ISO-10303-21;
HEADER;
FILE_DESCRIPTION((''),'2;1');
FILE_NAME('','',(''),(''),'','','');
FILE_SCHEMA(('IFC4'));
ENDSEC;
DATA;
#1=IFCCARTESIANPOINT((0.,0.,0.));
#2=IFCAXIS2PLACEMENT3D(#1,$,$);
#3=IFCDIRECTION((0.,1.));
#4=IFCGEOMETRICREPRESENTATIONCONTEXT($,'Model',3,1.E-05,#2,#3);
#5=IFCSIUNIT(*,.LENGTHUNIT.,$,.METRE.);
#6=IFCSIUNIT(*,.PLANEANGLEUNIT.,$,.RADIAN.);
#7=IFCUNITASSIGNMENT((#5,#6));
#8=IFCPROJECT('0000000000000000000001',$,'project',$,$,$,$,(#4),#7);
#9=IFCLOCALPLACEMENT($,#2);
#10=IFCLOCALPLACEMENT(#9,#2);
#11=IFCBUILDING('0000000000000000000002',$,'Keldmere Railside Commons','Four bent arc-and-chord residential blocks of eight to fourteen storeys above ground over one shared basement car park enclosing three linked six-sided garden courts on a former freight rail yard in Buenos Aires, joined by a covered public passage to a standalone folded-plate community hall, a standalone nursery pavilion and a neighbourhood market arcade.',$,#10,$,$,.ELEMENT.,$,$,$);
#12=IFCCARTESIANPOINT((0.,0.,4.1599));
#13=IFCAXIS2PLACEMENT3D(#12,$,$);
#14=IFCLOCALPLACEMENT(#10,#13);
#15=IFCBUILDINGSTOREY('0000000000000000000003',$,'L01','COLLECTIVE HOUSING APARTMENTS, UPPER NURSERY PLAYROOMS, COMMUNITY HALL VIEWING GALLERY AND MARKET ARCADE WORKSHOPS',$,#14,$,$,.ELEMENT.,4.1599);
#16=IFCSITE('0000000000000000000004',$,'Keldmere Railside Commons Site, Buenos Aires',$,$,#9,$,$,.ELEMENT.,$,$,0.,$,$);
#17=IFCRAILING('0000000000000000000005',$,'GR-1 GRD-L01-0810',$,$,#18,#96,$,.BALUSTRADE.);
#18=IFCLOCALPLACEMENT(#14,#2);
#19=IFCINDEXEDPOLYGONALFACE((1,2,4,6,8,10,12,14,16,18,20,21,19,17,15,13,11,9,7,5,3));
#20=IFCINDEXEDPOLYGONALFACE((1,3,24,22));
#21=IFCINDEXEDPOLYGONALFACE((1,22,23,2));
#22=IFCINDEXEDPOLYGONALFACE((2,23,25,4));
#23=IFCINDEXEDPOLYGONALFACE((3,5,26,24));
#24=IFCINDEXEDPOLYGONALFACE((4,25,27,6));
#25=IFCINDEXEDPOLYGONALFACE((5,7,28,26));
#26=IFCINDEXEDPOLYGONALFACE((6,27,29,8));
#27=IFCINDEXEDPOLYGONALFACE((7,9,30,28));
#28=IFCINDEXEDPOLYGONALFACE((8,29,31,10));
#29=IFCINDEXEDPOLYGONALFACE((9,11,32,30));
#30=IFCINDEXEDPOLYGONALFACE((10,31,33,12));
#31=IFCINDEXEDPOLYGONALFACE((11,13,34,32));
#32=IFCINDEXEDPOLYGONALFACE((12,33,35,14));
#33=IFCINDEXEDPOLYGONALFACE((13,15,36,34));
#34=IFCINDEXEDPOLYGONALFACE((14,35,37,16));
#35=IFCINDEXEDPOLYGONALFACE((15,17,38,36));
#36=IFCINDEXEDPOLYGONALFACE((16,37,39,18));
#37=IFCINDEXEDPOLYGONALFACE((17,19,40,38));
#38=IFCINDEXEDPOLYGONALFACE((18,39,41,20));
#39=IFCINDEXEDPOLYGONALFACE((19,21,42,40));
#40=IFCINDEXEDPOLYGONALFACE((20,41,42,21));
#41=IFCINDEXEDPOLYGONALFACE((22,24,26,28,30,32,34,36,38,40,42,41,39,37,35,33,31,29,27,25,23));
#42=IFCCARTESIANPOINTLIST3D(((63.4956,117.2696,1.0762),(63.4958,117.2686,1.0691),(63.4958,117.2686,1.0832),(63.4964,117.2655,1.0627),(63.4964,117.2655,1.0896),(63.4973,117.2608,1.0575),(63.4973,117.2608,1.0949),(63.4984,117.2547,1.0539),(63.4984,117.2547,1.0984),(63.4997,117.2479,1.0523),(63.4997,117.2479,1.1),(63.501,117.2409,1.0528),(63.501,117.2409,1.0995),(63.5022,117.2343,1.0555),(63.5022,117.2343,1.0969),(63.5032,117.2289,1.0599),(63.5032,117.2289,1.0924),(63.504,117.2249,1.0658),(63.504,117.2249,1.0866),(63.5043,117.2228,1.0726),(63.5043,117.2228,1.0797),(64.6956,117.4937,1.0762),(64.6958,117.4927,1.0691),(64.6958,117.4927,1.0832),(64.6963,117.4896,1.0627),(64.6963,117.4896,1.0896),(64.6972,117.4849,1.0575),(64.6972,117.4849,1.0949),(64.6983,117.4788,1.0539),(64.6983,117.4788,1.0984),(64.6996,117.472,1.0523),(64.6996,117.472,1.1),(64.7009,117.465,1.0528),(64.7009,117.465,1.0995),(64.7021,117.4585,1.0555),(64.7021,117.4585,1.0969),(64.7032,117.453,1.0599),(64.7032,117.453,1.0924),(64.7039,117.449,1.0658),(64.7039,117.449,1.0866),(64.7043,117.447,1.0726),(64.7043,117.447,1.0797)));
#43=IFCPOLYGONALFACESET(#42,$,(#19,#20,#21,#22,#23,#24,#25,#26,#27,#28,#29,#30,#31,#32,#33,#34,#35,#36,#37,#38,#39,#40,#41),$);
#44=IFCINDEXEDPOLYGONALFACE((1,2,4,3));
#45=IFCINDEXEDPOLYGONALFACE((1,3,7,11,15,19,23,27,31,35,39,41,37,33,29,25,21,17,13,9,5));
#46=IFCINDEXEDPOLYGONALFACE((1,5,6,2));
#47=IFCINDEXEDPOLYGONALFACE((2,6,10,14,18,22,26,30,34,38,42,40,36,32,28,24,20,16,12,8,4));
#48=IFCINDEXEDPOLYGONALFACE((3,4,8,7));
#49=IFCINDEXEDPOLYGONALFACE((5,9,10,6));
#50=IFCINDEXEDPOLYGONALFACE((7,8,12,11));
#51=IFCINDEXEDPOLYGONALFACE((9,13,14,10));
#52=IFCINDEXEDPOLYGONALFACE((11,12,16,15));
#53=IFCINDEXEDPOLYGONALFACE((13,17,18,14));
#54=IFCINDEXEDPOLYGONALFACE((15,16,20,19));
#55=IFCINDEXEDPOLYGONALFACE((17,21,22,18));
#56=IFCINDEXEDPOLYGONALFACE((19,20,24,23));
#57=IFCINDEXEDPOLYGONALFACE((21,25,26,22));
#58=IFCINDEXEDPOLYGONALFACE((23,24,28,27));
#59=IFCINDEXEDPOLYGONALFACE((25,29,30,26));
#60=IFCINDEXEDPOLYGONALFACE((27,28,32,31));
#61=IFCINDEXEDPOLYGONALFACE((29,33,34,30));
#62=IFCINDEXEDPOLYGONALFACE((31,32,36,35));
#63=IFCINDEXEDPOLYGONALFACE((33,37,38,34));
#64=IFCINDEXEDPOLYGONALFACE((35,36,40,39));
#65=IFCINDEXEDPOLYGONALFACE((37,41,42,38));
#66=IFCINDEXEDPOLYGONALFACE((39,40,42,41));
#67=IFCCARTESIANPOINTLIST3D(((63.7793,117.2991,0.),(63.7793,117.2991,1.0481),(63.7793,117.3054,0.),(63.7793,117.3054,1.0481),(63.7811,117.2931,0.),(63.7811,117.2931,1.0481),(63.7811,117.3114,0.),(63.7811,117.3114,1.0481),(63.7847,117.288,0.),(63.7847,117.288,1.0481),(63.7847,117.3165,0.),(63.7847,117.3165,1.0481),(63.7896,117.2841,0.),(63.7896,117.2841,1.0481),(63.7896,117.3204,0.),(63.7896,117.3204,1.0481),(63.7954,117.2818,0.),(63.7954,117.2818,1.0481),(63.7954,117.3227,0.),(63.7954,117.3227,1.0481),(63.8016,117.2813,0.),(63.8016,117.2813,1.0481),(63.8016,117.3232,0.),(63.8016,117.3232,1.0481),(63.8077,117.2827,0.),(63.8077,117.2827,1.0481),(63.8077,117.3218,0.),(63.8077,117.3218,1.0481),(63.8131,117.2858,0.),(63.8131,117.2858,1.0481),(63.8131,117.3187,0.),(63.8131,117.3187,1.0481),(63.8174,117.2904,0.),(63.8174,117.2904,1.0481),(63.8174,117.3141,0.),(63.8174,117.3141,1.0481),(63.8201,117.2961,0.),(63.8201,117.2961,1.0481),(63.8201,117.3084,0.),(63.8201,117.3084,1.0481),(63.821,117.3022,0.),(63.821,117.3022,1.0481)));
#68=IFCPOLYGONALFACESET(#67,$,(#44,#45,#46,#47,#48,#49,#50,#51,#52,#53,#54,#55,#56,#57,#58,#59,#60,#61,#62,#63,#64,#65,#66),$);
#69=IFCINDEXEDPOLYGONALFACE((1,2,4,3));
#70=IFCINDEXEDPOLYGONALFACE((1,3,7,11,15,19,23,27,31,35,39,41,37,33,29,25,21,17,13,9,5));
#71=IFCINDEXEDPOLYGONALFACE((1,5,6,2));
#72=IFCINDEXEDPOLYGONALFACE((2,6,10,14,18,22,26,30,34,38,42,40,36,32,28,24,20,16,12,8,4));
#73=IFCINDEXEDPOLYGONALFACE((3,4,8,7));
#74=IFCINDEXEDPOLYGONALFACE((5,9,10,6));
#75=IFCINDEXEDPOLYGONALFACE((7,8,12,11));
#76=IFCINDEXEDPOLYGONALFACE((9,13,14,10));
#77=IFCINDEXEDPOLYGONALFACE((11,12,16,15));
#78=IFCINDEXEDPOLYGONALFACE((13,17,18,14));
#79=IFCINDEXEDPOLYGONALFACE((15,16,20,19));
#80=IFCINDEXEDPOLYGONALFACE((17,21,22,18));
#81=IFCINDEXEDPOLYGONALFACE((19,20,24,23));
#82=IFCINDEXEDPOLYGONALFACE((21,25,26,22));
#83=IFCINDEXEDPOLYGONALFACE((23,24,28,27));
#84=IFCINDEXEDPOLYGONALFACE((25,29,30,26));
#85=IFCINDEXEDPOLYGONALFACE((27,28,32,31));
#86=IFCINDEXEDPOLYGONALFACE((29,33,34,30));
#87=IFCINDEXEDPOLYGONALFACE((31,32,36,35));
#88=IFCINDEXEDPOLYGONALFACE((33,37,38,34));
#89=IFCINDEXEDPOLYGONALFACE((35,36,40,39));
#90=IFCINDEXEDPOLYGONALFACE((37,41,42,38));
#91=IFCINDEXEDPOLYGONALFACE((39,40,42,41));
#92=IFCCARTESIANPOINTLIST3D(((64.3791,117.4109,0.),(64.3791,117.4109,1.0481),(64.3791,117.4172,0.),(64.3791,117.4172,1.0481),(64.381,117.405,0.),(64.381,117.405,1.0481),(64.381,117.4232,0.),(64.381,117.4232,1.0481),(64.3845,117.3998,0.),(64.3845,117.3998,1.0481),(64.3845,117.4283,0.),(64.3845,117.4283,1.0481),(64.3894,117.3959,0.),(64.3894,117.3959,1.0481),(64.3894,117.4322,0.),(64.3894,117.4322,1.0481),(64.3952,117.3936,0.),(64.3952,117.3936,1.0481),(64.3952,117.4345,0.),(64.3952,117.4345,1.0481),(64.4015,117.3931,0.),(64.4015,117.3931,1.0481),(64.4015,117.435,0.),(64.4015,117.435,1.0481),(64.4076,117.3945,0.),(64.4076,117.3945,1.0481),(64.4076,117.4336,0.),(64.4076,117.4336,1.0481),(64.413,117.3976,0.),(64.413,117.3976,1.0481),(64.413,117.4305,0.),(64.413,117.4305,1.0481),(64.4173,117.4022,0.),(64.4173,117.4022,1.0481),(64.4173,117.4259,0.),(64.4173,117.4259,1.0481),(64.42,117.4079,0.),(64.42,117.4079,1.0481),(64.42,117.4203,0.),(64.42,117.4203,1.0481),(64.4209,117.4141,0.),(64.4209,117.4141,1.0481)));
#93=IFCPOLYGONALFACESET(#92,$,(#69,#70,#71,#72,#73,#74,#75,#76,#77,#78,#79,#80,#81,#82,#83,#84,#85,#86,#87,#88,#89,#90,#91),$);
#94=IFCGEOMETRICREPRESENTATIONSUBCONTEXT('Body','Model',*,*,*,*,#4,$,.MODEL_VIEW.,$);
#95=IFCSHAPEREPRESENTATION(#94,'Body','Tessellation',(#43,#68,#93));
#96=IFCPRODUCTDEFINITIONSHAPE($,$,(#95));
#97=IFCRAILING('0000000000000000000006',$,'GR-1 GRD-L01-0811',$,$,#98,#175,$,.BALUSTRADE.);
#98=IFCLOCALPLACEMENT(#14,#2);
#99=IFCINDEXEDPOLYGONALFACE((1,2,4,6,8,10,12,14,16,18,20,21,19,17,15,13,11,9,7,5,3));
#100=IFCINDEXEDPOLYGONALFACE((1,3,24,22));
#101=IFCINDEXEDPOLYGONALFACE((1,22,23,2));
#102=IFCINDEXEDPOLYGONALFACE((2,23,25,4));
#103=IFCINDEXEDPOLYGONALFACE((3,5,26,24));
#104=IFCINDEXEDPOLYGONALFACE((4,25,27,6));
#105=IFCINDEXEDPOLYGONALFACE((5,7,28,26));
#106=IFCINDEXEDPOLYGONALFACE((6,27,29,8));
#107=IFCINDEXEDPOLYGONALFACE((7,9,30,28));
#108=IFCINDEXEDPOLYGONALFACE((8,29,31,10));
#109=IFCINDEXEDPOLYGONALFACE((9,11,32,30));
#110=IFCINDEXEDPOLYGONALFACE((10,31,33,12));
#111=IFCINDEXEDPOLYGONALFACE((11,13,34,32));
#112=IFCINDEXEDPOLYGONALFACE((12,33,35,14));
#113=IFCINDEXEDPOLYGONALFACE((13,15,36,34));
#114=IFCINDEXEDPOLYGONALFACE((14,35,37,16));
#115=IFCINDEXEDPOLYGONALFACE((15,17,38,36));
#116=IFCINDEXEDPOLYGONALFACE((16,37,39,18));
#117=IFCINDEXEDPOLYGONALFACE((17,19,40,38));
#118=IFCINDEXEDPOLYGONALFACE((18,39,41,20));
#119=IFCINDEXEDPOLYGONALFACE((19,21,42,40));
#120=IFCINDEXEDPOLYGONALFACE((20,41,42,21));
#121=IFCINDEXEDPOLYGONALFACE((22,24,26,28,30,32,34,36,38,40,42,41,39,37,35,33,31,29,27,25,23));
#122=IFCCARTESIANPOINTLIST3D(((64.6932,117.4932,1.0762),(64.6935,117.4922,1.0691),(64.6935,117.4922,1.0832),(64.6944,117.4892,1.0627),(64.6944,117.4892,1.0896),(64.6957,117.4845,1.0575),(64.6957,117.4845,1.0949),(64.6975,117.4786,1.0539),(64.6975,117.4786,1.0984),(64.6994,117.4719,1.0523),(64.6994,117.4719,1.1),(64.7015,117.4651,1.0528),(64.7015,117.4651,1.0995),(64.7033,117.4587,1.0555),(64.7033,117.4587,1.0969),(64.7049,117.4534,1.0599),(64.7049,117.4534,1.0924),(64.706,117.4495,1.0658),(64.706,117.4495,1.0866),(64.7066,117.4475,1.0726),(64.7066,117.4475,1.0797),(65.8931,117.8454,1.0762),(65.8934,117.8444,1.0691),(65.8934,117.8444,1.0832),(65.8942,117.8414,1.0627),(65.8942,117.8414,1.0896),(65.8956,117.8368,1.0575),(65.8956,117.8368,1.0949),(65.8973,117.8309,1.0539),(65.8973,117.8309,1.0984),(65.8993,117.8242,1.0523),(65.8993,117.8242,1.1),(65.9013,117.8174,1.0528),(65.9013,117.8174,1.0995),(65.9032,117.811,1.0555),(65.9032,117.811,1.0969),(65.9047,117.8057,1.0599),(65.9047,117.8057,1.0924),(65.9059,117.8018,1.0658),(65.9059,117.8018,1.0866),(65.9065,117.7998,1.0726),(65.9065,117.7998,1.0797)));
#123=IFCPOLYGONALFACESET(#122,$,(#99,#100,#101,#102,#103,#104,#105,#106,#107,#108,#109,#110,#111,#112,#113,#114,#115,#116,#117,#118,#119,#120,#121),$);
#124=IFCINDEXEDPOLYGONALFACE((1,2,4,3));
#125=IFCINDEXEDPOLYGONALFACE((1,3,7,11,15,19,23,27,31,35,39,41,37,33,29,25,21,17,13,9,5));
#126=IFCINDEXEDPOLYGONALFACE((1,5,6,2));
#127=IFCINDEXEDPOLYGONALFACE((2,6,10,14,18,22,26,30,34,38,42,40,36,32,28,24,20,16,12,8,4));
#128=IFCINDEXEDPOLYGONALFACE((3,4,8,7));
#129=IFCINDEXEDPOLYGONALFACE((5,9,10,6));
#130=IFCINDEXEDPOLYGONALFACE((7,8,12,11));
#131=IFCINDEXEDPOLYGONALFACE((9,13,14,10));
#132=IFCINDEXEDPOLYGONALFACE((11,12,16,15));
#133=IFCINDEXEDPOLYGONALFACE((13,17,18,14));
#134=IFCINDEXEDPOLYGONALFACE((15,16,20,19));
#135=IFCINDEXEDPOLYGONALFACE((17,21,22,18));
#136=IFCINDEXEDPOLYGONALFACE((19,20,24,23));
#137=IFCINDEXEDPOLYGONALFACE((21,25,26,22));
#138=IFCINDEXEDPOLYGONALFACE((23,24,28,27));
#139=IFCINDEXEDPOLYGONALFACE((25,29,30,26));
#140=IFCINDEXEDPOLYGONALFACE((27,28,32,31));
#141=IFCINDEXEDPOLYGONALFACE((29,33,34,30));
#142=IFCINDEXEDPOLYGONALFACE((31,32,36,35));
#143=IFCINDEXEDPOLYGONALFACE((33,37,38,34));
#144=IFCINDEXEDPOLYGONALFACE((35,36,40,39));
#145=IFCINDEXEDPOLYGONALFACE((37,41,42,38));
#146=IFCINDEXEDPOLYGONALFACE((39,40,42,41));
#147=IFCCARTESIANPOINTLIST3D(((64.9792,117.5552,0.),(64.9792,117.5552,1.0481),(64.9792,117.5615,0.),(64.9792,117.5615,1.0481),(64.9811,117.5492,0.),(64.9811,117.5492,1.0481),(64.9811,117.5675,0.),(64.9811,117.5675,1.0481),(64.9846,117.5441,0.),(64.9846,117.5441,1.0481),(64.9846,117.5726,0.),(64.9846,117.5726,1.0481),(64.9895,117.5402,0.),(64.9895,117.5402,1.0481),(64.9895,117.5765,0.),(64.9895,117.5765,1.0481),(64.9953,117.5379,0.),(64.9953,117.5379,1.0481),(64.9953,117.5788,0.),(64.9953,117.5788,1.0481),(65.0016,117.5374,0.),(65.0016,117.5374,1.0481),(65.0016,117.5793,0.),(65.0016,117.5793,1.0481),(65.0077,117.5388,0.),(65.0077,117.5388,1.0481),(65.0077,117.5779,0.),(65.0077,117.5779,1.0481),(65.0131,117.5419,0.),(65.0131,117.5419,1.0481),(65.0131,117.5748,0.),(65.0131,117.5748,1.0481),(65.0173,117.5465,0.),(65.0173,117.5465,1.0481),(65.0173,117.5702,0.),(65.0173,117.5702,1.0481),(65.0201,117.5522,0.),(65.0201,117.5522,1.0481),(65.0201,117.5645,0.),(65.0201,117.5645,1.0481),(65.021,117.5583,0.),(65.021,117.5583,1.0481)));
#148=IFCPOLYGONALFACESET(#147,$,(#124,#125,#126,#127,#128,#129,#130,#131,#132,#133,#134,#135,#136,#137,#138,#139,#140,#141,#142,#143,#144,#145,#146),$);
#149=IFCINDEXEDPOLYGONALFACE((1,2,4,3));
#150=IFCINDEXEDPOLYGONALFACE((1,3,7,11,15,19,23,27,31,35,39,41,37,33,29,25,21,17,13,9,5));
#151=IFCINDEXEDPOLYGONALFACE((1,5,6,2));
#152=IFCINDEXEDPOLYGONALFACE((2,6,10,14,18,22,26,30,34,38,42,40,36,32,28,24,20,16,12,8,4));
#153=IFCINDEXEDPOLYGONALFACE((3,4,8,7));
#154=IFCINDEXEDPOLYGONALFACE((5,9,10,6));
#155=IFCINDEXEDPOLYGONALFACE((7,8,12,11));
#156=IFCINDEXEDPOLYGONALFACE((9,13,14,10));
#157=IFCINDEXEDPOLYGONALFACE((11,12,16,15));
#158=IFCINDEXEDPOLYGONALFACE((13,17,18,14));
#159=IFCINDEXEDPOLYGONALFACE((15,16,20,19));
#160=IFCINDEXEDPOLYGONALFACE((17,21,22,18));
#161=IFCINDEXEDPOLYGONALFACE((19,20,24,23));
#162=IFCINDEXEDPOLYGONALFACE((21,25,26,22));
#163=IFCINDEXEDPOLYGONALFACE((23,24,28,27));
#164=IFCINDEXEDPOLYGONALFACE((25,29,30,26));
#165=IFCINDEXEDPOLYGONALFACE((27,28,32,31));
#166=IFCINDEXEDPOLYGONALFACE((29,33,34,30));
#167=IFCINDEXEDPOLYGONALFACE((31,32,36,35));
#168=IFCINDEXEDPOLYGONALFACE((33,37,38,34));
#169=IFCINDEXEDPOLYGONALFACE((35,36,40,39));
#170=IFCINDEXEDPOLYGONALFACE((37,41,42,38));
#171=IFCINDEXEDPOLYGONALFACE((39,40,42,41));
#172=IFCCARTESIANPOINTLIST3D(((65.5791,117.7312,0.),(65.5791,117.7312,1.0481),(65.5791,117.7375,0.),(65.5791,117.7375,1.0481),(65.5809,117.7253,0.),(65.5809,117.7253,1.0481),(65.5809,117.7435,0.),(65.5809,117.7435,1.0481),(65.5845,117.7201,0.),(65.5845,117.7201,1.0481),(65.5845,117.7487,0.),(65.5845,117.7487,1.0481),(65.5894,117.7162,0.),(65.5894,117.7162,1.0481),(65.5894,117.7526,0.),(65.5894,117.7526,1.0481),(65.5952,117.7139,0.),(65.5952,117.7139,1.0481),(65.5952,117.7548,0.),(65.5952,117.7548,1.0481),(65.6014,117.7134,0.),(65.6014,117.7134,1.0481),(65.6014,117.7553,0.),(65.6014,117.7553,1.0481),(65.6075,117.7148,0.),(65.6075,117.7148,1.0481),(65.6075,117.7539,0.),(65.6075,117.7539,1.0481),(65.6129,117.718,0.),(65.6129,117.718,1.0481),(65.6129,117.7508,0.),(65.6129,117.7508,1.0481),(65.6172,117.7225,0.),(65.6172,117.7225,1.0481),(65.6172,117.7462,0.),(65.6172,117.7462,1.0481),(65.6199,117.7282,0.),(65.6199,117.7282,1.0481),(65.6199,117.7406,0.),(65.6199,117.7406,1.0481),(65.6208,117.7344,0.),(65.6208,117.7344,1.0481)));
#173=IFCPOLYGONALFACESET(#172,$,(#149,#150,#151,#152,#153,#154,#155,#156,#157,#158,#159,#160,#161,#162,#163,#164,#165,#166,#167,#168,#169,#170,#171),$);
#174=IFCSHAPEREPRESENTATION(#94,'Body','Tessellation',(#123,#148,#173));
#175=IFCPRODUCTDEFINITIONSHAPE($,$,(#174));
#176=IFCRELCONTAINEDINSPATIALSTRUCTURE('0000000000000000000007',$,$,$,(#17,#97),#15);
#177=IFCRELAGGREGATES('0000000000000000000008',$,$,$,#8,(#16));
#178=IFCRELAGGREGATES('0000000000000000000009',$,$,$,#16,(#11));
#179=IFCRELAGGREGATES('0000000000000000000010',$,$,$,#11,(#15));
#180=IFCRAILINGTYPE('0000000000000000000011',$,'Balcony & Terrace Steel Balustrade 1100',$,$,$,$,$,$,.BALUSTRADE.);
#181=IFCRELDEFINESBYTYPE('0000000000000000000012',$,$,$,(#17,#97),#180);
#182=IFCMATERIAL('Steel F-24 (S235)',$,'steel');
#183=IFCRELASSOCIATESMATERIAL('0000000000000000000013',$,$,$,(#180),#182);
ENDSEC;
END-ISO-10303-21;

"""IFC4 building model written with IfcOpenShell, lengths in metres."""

from ifc_helpers import new_model, si_unit, direction, frame, origin, origin_2d, place, context, subcontext, project, spatial, circle, extrude, material, type_object, element, save


model = new_model("IFC4")

# Units and contexts
model_context = context("Model", 3, precision=1e-05, world=origin(), true_north=direction((0.0, 1.0)))
body_context = subcontext(model_context, "Body", "Model", "MODEL_VIEW")
ifc_project = project(units=[si_unit("LENGTHUNIT", "METRE"), si_unit("PLANEANGLEUNIT", "RADIAN")], contexts=[model_context])

# Site, building, storey
site_placement = place(None, origin())
site = spatial("IfcSite", under=ifc_project, at=site_placement, Name="Keldmere Railside Commons Site, Buenos Aires", CompositionType="ELEMENT", RefElevation=0.0)
building_placement = place(site_placement, origin())
building = spatial("IfcBuilding", under=site, at=building_placement, Name="Keldmere Railside Commons", Description="Four bent arc-and-chord residential blocks of eight to fourteen storeys above ground over one shared basement car park enclosing three linked six-sided garden courts on a former freight rail yard in Buenos Aires, joined by a covered public passage to a standalone folded-plate community hall, a standalone nursery pavilion and a neighbourhood market arcade.", CompositionType="ELEMENT")
storey_placement = place(building_placement, frame((0.0, 0.0, 4.1599)))
storey = spatial("IfcBuildingStorey", under=building, at=storey_placement, Name="L01", Description="COLLECTIVE HOUSING APARTMENTS, UPPER NURSERY PLAYROOMS, COMMUNITY HALL VIEWING GALLERY AND MARKET ARCADE WORKSHOPS", CompositionType="ELEMENT", Elevation=4.1599)

# Railings
ifc_material_1 = material(Name="Steel F-24 (S235)", Category="steel")
railing_type = type_object("IfcRailingType", Name="Balcony & Terrace Steel Balustrade 1100", PredefinedType="BALUSTRADE", material=ifc_material_1)
railing_1_placement = place(storey_placement, frame((63.5, 117.2461, 0.0)))
element("IfcRailing", 1, at=railing_1_placement, inside=storey, type_object=railing_type, Name="GR-1 GRD-L01-0810", PredefinedType="BALUSTRADE", context=body_context, shape_type="SweptSolid", body=[
    extrude(circle(Radius=0.0239, at=origin_2d()), frame((0.0, 0.0, 1.0762), z_axis=(0.983001, 0.1836, 0.0), x_axis=(-0.1836, 0.983001, 0.0)), (0.0, 0.0, 1.0), 1.2207),
    extrude(circle(Radius=0.021, at=origin_2d()), frame((0.3, 0.0562, 0.0)), (0.0, 0.0, 1.0), 1.0481),
    extrude(circle(Radius=0.021, at=origin_2d()), frame((0.8999, 0.168, 0.0)), (0.0, 0.0, 1.0), 1.0481),
])
railing_2_placement = place(storey_placement, frame((64.7, 117.4702, 0.0)))
element("IfcRailing", 2, at=railing_2_placement, inside=storey, type_object=railing_type, Name="GR-1 GRD-L01-0811", PredefinedType="BALUSTRADE", context=body_context, shape_type="SweptSolid", body=[
    extrude(circle(Radius=0.0239, at=origin_2d()), frame((0.0, 0.0, 1.0762), z_axis=(0.959502, 0.281701, 0.0), x_axis=(-0.281701, 0.959502, 0.0)), (0.0, 0.0, 1.0), 1.2505),
    extrude(circle(Radius=0.021, at=origin_2d()), frame((0.3, 0.0881, 0.0)), (0.0, 0.0, 1.0), 1.0481),
    extrude(circle(Radius=0.021, at=origin_2d()), frame((0.8999, 0.2642, 0.0)), (0.0, 0.0, 1.0), 1.0481),
])

save(model, "model.ifc")
